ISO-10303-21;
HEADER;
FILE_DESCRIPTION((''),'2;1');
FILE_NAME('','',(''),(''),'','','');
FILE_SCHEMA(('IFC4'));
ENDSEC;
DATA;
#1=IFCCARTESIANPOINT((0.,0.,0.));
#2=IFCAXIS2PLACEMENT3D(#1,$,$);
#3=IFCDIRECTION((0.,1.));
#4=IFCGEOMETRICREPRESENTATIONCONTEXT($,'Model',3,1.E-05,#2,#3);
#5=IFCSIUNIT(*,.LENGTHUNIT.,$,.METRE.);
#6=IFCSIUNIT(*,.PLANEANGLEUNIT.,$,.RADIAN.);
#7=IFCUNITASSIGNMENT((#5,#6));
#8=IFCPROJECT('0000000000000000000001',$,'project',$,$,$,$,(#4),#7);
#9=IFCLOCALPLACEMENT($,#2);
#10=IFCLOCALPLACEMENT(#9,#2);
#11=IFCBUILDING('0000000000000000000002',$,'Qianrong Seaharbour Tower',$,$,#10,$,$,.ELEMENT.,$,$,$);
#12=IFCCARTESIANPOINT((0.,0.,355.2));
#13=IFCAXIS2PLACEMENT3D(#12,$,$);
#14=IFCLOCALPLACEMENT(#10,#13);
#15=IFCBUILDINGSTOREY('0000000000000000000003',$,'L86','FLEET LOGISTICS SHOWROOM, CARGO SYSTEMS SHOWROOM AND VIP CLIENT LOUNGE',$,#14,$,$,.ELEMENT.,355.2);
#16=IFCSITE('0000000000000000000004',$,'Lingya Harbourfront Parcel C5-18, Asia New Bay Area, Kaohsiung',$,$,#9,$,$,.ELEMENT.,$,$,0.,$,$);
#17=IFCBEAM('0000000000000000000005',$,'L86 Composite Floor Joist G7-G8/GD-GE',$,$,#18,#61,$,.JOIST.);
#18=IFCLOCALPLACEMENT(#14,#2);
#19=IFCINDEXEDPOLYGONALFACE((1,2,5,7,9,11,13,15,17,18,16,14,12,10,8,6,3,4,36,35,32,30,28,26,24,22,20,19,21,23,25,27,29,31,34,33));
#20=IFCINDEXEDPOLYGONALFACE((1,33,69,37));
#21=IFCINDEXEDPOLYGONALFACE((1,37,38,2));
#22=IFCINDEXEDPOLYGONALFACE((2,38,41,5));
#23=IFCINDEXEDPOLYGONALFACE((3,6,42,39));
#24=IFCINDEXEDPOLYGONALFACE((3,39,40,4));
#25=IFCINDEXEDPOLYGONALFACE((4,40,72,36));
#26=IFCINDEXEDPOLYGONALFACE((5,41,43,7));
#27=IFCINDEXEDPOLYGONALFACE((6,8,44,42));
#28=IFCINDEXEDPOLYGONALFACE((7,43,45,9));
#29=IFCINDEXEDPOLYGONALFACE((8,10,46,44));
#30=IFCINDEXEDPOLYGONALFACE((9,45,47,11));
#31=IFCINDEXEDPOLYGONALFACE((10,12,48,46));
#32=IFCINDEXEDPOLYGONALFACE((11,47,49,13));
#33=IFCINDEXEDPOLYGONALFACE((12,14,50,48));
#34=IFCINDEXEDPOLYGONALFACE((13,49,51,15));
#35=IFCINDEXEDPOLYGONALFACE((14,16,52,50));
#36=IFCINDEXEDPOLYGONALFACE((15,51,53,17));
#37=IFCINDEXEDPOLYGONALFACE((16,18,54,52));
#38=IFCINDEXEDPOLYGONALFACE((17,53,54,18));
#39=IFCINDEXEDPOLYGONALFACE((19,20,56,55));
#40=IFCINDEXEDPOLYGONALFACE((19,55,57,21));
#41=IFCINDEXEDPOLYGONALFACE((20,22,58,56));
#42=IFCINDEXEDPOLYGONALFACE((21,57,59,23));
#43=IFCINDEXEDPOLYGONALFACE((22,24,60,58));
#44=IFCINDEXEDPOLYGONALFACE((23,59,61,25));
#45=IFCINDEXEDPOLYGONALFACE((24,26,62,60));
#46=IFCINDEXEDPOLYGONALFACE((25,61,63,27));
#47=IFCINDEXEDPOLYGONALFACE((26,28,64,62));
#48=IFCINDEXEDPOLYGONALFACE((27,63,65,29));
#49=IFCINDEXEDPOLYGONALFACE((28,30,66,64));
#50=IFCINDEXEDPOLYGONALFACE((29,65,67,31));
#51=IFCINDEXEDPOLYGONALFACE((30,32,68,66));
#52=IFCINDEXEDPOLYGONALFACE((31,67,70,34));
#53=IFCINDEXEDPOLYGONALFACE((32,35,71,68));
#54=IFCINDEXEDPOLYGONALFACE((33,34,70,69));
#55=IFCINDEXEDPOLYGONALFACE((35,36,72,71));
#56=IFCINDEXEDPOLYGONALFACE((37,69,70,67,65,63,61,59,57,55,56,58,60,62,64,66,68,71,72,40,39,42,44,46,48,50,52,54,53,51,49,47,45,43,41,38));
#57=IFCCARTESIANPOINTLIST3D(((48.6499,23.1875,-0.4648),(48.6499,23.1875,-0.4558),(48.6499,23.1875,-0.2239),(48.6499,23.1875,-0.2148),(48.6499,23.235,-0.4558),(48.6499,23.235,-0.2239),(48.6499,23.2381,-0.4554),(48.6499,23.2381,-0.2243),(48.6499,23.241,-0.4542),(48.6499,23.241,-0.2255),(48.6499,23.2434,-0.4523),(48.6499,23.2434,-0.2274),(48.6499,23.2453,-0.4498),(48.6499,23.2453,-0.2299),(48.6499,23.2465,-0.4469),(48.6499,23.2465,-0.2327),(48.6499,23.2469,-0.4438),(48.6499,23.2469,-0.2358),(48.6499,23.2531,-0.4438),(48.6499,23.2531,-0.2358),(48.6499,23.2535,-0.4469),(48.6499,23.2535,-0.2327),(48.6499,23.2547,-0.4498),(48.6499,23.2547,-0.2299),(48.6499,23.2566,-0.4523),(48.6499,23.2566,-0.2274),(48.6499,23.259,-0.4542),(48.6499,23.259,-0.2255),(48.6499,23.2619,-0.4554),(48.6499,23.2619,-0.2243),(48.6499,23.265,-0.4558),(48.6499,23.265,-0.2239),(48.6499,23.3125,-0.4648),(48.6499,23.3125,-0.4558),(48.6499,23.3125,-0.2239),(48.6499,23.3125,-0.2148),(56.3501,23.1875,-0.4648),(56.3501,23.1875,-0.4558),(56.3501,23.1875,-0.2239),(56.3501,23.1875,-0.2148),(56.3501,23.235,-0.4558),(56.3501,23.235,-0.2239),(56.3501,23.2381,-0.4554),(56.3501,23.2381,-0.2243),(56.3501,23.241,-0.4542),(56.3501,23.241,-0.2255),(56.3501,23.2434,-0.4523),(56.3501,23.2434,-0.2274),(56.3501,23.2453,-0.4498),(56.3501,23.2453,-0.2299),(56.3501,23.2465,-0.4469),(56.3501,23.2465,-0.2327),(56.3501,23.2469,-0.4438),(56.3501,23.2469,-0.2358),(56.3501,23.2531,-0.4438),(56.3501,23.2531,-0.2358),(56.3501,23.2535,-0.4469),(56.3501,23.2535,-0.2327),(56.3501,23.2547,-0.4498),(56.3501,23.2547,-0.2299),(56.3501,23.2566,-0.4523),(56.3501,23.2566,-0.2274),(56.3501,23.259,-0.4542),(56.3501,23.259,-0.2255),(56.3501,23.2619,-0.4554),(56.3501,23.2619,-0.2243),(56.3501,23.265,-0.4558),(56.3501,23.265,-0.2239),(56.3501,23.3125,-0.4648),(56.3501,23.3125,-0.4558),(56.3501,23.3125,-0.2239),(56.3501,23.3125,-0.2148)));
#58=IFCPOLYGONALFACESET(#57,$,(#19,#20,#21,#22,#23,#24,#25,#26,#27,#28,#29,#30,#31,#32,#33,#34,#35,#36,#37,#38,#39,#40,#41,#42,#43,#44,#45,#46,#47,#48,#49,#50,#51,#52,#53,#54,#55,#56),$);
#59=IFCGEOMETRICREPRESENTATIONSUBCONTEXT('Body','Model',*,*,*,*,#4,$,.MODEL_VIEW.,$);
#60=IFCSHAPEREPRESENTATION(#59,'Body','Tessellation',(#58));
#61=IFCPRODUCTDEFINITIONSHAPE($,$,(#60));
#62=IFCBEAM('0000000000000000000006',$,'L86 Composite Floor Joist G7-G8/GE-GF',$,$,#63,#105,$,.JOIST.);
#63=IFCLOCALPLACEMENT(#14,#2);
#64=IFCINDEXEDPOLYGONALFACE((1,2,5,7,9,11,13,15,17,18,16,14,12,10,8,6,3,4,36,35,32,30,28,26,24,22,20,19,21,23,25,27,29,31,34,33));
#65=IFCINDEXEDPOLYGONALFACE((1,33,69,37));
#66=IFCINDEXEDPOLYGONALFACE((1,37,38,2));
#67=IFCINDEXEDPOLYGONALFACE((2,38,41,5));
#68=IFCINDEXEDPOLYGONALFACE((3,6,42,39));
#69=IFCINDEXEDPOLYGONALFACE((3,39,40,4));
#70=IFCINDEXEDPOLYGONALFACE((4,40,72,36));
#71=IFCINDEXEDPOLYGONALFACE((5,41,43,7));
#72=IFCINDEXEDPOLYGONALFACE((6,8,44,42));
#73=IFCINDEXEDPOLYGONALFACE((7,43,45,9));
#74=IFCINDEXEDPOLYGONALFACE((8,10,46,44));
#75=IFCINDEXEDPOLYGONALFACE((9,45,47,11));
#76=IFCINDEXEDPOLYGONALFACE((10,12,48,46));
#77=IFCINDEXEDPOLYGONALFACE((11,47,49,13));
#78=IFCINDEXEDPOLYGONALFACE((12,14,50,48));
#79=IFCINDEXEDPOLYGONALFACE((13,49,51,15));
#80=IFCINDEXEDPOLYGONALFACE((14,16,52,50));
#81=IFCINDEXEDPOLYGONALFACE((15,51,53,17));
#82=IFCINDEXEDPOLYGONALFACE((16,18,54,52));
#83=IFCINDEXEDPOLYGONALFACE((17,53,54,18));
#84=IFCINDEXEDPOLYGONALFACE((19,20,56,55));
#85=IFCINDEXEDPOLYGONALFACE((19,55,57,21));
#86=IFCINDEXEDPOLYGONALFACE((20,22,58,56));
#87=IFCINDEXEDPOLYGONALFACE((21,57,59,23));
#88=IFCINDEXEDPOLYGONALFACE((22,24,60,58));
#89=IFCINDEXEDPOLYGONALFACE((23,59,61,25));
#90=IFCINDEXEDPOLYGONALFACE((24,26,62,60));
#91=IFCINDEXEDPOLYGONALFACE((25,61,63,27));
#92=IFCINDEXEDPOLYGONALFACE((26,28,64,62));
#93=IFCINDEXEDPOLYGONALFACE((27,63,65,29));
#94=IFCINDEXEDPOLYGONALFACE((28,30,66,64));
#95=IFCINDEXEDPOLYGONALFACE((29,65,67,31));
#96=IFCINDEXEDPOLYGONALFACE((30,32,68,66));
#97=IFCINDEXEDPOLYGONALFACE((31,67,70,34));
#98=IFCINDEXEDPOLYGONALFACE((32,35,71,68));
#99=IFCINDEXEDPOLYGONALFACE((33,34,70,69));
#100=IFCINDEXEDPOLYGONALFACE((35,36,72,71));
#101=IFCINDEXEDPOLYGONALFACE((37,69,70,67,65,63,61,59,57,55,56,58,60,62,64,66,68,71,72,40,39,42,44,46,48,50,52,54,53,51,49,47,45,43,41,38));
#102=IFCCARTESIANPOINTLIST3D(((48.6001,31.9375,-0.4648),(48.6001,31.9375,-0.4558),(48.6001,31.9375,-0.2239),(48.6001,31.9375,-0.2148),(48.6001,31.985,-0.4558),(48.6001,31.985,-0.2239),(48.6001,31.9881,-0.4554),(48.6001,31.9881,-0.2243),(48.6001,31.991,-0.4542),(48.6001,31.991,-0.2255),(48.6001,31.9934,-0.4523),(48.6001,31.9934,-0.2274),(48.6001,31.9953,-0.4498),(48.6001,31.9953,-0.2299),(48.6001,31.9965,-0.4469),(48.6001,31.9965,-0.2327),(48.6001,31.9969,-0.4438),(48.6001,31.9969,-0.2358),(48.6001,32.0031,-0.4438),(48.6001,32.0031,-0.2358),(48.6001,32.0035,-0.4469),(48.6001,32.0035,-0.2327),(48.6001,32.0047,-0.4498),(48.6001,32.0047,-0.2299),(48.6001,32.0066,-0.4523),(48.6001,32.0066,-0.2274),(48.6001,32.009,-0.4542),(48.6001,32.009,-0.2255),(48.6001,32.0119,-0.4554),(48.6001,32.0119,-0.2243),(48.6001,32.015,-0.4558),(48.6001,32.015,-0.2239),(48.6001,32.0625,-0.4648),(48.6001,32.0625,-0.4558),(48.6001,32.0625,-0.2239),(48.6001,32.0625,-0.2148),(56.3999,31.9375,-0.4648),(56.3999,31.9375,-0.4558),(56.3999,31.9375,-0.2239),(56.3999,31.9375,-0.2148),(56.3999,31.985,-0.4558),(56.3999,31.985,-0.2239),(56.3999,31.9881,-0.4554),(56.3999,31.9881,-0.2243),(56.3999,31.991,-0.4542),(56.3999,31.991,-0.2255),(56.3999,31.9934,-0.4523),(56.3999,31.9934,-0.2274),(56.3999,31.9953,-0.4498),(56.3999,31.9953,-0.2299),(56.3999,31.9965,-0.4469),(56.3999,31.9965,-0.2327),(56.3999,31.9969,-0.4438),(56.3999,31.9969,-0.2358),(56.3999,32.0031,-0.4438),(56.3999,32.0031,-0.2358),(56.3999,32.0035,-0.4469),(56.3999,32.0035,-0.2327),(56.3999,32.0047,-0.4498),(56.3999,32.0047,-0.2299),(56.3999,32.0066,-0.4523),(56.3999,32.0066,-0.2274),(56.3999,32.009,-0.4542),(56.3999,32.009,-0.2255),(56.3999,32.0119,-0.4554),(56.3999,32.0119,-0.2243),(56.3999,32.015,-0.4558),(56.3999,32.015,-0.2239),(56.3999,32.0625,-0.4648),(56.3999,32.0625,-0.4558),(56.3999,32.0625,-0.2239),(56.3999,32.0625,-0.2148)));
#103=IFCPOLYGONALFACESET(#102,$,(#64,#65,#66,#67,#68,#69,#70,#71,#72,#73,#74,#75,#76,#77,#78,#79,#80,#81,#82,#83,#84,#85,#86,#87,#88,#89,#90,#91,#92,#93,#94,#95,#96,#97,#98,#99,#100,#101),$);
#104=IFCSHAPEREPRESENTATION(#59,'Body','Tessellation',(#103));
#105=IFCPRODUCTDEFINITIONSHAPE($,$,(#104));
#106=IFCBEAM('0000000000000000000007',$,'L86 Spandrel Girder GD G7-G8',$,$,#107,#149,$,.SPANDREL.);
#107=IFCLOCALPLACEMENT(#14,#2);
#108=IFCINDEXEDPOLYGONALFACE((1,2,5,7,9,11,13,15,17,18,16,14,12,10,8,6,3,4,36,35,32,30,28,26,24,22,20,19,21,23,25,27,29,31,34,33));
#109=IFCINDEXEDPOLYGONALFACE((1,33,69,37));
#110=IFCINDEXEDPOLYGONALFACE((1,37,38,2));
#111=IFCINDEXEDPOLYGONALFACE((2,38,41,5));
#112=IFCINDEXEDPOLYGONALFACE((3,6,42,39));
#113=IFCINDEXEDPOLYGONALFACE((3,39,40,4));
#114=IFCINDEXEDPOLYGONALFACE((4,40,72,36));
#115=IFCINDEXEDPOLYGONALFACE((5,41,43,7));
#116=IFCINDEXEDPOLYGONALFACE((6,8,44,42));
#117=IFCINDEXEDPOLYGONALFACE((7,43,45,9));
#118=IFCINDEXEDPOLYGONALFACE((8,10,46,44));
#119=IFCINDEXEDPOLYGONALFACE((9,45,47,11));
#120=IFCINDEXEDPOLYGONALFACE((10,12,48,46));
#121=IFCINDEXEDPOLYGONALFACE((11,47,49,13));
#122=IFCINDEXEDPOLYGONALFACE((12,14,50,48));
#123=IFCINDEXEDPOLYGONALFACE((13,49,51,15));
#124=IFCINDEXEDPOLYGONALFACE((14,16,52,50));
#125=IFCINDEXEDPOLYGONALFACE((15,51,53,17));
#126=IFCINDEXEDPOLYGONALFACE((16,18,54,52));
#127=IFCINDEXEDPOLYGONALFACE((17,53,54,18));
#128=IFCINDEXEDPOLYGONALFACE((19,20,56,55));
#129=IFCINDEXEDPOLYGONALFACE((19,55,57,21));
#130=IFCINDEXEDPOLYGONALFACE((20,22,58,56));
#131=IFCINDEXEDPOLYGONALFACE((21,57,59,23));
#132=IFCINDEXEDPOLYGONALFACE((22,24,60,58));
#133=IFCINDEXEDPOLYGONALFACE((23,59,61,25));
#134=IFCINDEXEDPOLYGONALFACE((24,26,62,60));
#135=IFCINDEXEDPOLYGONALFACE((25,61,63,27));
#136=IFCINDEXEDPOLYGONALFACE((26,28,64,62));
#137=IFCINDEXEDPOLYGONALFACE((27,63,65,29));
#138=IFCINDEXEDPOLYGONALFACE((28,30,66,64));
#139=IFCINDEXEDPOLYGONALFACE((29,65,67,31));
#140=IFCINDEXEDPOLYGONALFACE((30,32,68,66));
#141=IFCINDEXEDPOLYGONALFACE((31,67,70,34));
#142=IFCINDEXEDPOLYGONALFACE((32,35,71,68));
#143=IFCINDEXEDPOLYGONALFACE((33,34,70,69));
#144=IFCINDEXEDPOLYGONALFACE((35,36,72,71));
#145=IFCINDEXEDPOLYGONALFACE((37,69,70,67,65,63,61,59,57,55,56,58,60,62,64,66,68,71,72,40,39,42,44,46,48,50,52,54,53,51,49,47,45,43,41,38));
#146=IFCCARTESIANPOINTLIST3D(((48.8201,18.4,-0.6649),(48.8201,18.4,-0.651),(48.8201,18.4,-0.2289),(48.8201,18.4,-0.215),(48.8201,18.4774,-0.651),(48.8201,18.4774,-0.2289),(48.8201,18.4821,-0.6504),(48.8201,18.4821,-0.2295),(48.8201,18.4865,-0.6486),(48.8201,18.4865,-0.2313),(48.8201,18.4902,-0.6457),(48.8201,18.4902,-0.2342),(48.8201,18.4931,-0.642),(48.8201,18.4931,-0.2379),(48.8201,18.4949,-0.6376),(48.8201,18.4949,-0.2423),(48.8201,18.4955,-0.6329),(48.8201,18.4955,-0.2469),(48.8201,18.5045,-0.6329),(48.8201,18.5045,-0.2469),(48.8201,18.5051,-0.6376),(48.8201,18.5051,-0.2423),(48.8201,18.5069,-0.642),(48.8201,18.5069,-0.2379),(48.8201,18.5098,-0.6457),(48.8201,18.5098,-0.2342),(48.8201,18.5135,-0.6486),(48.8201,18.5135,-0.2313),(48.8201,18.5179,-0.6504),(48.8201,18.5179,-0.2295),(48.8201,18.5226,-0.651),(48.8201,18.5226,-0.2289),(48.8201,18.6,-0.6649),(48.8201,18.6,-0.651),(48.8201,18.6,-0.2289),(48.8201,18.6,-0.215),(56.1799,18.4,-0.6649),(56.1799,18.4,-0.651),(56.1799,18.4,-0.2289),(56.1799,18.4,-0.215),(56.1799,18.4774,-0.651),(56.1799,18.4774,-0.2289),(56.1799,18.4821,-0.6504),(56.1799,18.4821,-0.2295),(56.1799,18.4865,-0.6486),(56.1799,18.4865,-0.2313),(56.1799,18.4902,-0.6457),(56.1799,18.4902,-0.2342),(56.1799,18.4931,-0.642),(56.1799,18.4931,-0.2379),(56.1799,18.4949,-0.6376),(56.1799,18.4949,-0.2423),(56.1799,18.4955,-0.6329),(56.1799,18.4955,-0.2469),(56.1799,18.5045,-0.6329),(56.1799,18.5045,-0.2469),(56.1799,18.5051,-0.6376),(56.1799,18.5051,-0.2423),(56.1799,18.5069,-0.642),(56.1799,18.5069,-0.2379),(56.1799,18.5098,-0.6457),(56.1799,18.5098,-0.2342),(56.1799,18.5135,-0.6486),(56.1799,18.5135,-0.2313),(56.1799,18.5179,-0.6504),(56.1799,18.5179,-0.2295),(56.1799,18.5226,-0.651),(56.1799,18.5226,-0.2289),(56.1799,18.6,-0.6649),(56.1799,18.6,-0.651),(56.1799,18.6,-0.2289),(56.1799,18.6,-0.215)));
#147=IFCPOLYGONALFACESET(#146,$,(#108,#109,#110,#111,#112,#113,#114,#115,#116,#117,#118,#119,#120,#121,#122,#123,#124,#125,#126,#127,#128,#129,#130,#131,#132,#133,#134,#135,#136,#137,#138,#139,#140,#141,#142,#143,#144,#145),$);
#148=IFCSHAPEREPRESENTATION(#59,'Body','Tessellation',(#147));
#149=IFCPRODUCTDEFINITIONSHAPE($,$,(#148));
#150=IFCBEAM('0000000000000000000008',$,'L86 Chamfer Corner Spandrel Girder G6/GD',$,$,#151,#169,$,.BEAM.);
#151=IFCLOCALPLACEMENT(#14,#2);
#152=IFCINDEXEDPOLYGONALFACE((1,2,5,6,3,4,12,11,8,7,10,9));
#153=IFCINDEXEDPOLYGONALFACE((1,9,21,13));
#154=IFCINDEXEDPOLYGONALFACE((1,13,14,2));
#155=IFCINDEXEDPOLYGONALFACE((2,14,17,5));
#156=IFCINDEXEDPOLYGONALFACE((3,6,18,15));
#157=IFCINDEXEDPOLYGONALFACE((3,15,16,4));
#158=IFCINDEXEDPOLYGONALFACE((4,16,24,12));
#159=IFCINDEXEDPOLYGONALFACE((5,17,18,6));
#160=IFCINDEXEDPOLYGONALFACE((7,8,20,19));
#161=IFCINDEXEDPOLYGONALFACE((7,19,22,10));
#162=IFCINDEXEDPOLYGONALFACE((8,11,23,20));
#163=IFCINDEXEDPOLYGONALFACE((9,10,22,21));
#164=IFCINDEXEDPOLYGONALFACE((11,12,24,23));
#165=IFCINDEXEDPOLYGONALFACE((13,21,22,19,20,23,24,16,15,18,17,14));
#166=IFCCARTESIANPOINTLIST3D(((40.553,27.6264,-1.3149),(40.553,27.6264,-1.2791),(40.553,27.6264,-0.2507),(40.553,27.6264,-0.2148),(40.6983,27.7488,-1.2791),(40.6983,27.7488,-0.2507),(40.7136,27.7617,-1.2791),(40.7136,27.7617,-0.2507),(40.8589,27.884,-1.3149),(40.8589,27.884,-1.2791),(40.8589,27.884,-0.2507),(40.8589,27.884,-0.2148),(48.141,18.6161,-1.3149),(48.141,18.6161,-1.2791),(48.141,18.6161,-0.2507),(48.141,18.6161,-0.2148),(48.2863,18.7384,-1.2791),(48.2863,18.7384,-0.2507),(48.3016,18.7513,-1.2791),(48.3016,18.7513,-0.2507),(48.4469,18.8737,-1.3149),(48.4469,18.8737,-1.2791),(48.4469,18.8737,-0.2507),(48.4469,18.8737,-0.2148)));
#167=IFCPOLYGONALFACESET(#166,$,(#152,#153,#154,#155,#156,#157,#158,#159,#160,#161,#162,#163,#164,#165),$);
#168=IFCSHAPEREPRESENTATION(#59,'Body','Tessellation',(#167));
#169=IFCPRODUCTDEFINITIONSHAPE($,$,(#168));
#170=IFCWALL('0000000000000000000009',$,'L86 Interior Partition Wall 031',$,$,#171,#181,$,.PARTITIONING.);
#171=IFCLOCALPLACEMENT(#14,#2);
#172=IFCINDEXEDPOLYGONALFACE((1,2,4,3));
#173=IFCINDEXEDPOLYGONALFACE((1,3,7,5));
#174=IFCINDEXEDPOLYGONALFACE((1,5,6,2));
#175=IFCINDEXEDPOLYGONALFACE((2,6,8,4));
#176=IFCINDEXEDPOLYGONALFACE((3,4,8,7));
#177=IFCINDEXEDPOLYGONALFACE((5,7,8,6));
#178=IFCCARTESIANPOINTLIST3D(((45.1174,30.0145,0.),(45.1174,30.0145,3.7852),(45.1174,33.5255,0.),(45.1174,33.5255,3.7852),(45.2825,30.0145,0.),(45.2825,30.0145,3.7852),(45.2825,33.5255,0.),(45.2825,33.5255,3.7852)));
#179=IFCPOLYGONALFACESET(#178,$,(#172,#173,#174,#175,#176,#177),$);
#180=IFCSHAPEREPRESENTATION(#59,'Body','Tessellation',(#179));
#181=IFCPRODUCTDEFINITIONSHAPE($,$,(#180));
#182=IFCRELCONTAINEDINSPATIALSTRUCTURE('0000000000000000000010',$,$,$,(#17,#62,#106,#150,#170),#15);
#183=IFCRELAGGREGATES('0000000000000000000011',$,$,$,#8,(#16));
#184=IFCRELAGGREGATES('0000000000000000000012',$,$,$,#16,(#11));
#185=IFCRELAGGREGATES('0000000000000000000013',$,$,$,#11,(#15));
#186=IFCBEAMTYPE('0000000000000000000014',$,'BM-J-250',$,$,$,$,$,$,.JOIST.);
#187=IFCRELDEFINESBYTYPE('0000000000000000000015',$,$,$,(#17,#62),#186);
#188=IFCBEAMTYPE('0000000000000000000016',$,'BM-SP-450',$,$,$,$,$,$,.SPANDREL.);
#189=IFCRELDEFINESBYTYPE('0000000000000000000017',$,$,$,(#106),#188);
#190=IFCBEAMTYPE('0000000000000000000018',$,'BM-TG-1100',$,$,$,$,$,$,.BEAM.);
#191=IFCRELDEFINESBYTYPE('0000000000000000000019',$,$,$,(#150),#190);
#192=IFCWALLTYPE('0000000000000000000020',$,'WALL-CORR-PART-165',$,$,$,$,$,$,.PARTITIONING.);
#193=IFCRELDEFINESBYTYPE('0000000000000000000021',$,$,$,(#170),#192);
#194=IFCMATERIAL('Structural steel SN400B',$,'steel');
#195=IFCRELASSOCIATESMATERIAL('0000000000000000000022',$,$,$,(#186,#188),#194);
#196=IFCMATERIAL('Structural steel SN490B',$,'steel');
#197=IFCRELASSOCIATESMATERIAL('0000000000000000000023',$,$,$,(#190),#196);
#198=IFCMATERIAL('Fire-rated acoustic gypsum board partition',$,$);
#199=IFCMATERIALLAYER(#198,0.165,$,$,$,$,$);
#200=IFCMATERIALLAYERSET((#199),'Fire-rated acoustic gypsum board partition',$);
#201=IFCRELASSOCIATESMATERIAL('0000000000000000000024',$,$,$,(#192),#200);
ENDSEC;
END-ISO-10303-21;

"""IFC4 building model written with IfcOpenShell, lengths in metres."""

from ifc_helpers import new_model, si_unit, direction, frame, frame_2d, origin, origin_2d, place, context, subcontext, project, spatial, rectangle, i_section, extrude, material, layer, layer_set, material_profile, profile_set, type_object, element, save


model = new_model("IFC4")

# Units and contexts
model_context = context("Model", 3, precision=1e-05, world=origin(), true_north=direction((0.0, 1.0)))
body_context = subcontext(model_context, "Body", "Model", "MODEL_VIEW")
ifc_project = project(units=[si_unit("LENGTHUNIT", "METRE"), si_unit("PLANEANGLEUNIT", "RADIAN")], contexts=[model_context])

# Site, building, storey
site_placement = place(None, origin())
site = spatial("IfcSite", under=ifc_project, at=site_placement, Name="Lingya Harbourfront Parcel C5-18, Asia New Bay Area, Kaohsiung", CompositionType="ELEMENT", RefElevation=0.0)
building_placement = place(site_placement, origin())
building = spatial("IfcBuilding", under=site, at=building_placement, Name="Qianrong Seaharbour Tower", CompositionType="ELEMENT")
storey_placement = place(building_placement, frame((0.0, 0.0, 355.2)))
storey = spatial("IfcBuildingStorey", under=building, at=storey_placement, Name="L86", Description="FLEET LOGISTICS SHOWROOM, CARGO SYSTEMS SHOWROOM AND VIP CLIENT LOUNGE", CompositionType="ELEMENT", Elevation=355.2)

# Shared definitions
ifc_material_1 = material(Name="Structural steel SN400B", Category="steel")

# Beams
ifc_material_2 = material(Name="Structural steel SN490B", Category="steel")
ifc_material_profile_1 = material_profile(ifc_material_1, i_section(OverallWidth=0.125, OverallDepth=0.25, WebThickness=0.0061, FlangeThickness=0.009, FilletRadius=0.012, at=origin_2d()), Name="H250x125x6x9")
ifc_profile_set_1 = profile_set([ifc_material_profile_1], Name="Structural steel SN400B")
beam_type_1 = type_object("IfcBeamType", Name="BM-J-250", PredefinedType="JOIST", material=ifc_profile_set_1)
beam_1_placement = place(storey_placement, frame((48.6499, 23.25, -0.3398), z_axis=(1.0, 0.0, 0.0), x_axis=(0.0, 1.0, 0.0)))
element("IfcBeam", 1, at=beam_1_placement, inside=storey, type_object=beam_type_1, Name="L86 Composite Floor Joist G7-G8/GD-GE", PredefinedType="JOIST", context=body_context, shape_type="SweptSolid", body=[
    extrude(i_section(OverallWidth=0.125, OverallDepth=0.25, WebThickness=0.0061, FlangeThickness=0.009, FilletRadius=0.012, at=origin_2d()), origin(), (0.0, 0.0, 1.0), 7.7002),
])
beam_2_placement = place(storey_placement, frame((48.6001, 32.0, -0.3398), z_axis=(1.0, 0.0, 0.0), x_axis=(0.0, 1.0, 0.0)))
element("IfcBeam", 2, at=beam_2_placement, inside=storey, type_object=beam_type_1, Name="L86 Composite Floor Joist G7-G8/GE-GF", PredefinedType="JOIST", context=body_context, shape_type="SweptSolid", body=[
    extrude(i_section(OverallWidth=0.125, OverallDepth=0.25, WebThickness=0.0061, FlangeThickness=0.009, FilletRadius=0.012, at=origin_2d()), origin(), (0.0, 0.0, 1.0), 7.7998),
])
ifc_material_profile_2 = material_profile(ifc_material_1, i_section(OverallWidth=0.2, OverallDepth=0.45, WebThickness=0.009, FlangeThickness=0.0139, FilletRadius=0.0181, at=origin_2d()), Name="H450x200x9x14")
ifc_profile_set_2 = profile_set([ifc_material_profile_2], Name="Structural steel SN400B")
beam_type_2 = type_object("IfcBeamType", Name="BM-SP-450", PredefinedType="SPANDREL", material=ifc_profile_set_2)
beam_3_placement = place(storey_placement, frame((48.8201, 18.5, -0.4399), z_axis=(1.0, 0.0, 0.0), x_axis=(0.0, 1.0, 0.0)))
element("IfcBeam", 3, at=beam_3_placement, inside=storey, type_object=beam_type_2, Name="L86 Spandrel Girder GD G7-G8", PredefinedType="SPANDREL", context=body_context, shape_type="SweptSolid", body=[
    extrude(i_section(OverallWidth=0.2, OverallDepth=0.45, WebThickness=0.009, FlangeThickness=0.0139, FilletRadius=0.0181, at=origin_2d()), origin(), (0.0, 0.0, 1.0), 7.3599),
])
ifc_material_profile_3 = material_profile(ifc_material_2, i_section(OverallWidth=0.3999, OverallDepth=1.1001, WebThickness=0.02, FlangeThickness=0.0359, at=origin_2d()), Name="BH1100x400x20x36")
ifc_profile_set_3 = profile_set([ifc_material_profile_3], Name="Structural steel SN490B")
beam_type_3 = type_object("IfcBeamType", Name="BM-TG-1100", PredefinedType="BEAM", material=ifc_profile_set_3)
beam_4_placement = place(storey_placement, frame((48.2939, 18.7449, -0.7649), z_axis=(-0.644151, 0.764898, 0.0), x_axis=(-0.764898, -0.644151, 0.0)))
element("IfcBeam", 4, at=beam_4_placement, inside=storey, type_object=beam_type_3, Name="L86 Chamfer Corner Spandrel Girder G6/GD", PredefinedType="BEAM", context=body_context, shape_type="SweptSolid", body=[
    extrude(i_section(OverallWidth=0.3999, OverallDepth=1.1001, WebThickness=0.02, FlangeThickness=0.0359, at=origin_2d()), origin(), (0.0, 0.0, 1.0), 11.7798),
])

# Wall
ifc_material_3 = material(Name="Fire-rated acoustic gypsum board partition")
ifc_layer_1 = layer(ifc_material_3, 0.165)
ifc_layer_set_1 = layer_set([ifc_layer_1], Name="Fire-rated acoustic gypsum board partition")
wall_type_1 = type_object("IfcWallType", Name="WALL-CORR-PART-165", PredefinedType="PARTITIONING", material=ifc_layer_set_1)
wall_1_placement = place(storey_placement, frame((45.2, 33.5254, 0.0), z_axis=(0.0, 0.0, 1.0), x_axis=(0.0, -1.0, 0.0)))
element("IfcWall", 5, at=wall_1_placement, inside=storey, type_object=wall_type_1, Name="L86 Interior Partition Wall 031", PredefinedType="PARTITIONING", context=body_context, shape_type="SweptSolid", body=[
    extrude(rectangle(XDim=3.511, YDim=0.165, at=frame_2d((1.7554, 0.0))), origin(), (0.0, 0.0, 1.0), 3.7852),
])

save(model, "model.ifc")
